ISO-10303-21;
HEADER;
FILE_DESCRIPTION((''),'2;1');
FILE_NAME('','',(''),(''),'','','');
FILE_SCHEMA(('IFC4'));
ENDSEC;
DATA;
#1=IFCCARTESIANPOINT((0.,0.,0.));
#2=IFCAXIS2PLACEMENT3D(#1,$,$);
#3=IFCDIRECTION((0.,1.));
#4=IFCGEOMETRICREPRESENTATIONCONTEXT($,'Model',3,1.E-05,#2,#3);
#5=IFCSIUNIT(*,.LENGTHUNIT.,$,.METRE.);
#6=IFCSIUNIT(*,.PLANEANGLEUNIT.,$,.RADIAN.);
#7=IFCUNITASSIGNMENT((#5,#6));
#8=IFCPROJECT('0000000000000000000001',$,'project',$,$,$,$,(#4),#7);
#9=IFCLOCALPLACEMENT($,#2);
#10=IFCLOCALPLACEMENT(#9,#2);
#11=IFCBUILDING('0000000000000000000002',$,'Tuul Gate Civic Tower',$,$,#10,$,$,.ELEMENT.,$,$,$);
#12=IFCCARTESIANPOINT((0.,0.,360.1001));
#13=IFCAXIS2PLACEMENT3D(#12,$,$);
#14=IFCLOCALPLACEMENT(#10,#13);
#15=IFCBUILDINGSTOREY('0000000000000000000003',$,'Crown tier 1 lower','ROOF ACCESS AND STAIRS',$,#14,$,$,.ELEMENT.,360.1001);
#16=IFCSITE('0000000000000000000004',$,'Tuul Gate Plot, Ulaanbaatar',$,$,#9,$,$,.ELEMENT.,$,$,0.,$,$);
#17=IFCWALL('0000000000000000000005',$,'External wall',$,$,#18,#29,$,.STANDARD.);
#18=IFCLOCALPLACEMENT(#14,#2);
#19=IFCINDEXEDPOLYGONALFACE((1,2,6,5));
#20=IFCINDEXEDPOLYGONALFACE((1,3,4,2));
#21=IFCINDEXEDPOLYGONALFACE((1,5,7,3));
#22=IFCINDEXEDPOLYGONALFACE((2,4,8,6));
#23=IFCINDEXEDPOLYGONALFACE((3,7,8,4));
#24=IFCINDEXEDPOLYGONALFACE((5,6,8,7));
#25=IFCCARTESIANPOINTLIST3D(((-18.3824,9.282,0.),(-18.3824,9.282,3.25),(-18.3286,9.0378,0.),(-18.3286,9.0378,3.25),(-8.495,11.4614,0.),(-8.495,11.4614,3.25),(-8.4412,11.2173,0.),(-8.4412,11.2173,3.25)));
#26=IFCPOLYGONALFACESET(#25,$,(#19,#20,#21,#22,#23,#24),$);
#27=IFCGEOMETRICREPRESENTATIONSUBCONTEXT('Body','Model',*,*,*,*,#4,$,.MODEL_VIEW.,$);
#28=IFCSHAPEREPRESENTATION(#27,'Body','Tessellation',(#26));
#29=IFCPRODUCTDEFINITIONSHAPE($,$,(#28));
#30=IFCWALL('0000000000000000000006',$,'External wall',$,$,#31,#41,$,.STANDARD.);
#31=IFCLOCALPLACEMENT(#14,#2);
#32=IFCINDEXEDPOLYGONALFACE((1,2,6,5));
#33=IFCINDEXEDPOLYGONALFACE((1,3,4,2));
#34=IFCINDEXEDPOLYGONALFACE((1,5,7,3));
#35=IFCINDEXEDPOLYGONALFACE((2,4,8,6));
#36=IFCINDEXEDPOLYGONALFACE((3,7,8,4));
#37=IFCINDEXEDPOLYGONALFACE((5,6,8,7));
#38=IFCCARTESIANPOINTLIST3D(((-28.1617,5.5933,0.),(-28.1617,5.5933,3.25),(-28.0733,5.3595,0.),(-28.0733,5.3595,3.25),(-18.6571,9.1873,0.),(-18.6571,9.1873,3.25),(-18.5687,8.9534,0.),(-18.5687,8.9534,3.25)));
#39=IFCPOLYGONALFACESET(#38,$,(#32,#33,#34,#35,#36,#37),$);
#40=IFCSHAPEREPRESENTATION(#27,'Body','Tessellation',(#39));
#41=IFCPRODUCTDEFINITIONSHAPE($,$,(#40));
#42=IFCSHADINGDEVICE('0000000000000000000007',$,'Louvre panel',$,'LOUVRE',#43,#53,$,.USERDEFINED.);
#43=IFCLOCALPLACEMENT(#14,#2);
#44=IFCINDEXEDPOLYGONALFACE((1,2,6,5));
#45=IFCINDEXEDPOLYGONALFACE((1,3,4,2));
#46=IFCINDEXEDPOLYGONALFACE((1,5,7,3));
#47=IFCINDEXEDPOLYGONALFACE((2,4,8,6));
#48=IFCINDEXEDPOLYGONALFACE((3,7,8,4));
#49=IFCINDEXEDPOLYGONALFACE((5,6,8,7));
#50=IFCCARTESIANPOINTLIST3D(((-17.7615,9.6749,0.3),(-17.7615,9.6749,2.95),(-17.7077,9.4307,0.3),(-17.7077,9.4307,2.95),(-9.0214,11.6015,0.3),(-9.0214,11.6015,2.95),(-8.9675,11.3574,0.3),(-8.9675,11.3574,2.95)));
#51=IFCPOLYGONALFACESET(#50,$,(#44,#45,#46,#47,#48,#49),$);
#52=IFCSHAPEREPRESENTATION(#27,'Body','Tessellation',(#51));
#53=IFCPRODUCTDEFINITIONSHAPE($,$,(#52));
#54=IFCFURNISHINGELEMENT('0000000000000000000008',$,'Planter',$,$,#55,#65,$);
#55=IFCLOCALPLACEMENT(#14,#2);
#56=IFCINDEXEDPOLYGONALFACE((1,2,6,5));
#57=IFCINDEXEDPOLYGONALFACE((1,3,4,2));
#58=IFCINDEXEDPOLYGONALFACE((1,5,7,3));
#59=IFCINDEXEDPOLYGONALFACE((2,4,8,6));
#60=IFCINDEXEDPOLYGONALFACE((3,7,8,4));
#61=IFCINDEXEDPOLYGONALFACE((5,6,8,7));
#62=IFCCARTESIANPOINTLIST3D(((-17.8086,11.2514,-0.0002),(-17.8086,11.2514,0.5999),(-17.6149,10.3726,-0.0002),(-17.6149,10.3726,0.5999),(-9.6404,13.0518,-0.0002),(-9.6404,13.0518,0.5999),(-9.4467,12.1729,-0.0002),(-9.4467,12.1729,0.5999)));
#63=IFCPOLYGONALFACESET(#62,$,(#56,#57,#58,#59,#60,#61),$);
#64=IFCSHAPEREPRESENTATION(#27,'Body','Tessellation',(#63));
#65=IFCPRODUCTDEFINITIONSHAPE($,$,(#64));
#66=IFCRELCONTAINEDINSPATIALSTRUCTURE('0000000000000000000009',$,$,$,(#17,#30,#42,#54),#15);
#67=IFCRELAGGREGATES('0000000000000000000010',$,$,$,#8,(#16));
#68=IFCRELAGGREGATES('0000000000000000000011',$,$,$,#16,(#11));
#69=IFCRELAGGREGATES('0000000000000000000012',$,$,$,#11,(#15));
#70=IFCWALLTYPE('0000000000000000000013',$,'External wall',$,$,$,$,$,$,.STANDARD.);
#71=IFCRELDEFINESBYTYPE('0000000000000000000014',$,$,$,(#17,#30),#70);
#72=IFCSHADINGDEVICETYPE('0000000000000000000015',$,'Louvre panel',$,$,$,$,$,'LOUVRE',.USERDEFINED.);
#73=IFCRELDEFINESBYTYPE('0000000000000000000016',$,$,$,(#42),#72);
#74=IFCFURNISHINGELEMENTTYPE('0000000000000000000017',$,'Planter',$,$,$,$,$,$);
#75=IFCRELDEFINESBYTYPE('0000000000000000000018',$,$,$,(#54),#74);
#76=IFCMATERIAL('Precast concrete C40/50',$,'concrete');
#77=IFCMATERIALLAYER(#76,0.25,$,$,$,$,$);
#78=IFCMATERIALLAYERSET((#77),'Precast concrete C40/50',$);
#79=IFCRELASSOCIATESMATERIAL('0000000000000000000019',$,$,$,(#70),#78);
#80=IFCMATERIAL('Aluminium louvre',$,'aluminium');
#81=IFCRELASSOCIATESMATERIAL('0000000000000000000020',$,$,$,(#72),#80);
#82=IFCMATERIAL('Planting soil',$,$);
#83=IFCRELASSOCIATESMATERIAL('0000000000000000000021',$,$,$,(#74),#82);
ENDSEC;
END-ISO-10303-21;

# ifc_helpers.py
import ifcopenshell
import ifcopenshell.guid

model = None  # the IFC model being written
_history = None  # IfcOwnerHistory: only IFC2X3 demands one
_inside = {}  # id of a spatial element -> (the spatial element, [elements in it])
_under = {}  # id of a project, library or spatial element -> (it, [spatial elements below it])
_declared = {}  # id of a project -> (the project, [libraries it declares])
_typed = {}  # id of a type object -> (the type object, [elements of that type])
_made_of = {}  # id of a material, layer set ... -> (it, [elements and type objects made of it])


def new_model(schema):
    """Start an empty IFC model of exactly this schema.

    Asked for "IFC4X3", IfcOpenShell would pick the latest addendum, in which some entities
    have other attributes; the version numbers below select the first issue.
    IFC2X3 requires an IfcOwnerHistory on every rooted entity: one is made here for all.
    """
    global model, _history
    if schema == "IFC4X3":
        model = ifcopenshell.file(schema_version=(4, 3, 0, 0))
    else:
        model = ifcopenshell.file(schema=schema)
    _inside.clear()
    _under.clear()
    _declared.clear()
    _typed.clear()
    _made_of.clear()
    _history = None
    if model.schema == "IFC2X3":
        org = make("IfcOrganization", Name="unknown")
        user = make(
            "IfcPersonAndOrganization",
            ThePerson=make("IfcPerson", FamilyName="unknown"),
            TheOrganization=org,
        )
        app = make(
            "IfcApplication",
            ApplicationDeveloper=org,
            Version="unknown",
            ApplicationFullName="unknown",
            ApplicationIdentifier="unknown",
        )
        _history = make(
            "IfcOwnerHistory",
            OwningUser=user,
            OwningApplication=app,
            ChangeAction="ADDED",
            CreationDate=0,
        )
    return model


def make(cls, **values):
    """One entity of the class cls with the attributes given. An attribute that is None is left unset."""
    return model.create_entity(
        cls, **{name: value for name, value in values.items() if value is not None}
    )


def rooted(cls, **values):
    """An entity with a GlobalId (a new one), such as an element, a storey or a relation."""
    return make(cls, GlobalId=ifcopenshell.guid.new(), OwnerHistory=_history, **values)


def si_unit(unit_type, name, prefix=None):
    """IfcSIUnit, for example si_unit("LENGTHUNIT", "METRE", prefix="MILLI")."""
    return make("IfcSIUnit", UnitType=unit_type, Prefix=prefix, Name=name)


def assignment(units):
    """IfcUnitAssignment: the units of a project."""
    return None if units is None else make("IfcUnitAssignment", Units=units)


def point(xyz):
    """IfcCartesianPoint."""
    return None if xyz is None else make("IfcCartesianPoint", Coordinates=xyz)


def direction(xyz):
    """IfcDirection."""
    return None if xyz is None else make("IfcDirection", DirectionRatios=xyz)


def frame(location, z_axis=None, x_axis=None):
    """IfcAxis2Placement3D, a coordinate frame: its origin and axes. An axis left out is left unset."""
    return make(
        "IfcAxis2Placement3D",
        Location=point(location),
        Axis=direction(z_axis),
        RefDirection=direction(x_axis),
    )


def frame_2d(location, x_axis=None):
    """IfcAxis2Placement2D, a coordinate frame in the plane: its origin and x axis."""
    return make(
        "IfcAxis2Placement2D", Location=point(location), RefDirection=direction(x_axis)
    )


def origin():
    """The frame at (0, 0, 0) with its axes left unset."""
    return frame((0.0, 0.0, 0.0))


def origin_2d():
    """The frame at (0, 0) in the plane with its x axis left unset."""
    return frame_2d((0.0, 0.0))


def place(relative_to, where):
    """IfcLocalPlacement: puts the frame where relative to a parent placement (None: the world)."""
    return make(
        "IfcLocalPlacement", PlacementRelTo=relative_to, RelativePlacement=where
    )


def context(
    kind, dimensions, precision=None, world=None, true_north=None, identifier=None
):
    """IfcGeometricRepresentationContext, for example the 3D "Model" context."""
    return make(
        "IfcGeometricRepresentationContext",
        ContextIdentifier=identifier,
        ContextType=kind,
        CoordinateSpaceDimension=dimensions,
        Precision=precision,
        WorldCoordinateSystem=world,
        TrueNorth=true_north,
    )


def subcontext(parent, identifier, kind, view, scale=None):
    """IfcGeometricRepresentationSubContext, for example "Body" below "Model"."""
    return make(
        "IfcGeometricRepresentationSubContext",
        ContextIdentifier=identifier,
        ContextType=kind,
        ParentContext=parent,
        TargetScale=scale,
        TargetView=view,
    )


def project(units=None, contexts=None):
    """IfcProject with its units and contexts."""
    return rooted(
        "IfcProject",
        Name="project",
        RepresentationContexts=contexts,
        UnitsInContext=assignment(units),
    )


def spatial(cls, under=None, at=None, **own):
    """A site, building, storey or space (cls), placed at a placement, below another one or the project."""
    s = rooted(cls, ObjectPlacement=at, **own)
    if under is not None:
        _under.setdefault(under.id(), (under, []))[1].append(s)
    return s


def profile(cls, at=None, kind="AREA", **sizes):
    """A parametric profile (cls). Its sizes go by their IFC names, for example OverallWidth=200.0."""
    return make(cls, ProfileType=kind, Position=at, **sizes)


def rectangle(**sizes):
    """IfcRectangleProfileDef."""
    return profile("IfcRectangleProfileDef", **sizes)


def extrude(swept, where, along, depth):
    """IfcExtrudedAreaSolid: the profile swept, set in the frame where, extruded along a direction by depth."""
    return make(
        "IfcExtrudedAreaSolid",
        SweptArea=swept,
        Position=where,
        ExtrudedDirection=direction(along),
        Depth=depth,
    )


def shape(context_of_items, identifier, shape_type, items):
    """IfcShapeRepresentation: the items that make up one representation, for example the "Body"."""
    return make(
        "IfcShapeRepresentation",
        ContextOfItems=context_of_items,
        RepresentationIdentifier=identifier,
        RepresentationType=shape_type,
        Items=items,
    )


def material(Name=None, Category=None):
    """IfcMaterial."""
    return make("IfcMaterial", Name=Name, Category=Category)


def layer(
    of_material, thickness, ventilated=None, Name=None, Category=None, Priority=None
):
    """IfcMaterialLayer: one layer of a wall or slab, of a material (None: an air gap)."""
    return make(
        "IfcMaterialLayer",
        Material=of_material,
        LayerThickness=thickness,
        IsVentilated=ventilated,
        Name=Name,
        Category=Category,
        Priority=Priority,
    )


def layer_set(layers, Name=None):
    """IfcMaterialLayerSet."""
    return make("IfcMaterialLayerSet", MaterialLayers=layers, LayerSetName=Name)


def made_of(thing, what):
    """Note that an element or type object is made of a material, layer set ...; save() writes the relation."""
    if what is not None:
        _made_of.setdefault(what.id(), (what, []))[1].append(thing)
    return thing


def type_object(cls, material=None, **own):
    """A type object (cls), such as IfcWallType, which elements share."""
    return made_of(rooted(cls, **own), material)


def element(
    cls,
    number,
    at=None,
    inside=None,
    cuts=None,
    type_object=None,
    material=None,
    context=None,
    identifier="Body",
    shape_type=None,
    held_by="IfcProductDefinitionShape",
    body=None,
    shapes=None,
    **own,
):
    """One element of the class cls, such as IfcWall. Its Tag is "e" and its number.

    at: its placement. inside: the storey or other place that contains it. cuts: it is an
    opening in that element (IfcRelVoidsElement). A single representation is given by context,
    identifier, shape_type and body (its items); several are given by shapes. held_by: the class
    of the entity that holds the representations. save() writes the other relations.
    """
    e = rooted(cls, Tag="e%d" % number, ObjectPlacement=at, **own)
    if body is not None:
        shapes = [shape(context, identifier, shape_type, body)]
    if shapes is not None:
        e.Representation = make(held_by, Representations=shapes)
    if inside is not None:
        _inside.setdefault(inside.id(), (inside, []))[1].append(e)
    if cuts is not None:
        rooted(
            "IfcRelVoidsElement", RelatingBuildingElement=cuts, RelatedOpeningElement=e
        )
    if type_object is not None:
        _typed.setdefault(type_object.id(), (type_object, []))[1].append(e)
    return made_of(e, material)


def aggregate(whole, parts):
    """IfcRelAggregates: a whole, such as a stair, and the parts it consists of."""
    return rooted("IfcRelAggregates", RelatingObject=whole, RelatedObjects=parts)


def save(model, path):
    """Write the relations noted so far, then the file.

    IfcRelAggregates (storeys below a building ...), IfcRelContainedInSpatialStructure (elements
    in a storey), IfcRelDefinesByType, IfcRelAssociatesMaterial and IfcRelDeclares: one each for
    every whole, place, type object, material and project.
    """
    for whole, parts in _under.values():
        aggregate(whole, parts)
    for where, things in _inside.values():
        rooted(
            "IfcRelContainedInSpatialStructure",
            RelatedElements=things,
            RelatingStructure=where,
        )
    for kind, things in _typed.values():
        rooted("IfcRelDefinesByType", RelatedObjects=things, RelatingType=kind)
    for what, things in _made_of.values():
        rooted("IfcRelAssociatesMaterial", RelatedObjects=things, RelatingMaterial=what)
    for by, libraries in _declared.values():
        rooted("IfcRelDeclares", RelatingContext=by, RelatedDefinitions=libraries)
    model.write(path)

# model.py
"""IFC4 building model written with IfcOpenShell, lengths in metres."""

from ifc_helpers import new_model, si_unit, direction, frame, frame_2d, origin, origin_2d, place, context, subcontext, project, spatial, rectangle, extrude, material, layer, layer_set, type_object, element, save


model = new_model("IFC4")

# Units and contexts
model_context = context("Model", 3, precision=1e-05, world=origin(), true_north=direction((0.0, 1.0)))
body_context = subcontext(model_context, "Body", "Model", "MODEL_VIEW")
ifc_project = project(units=[si_unit("LENGTHUNIT", "METRE"), si_unit("PLANEANGLEUNIT", "RADIAN")], contexts=[model_context])

# Site, building, storey
site_placement = place(None, origin())
site = spatial("IfcSite", under=ifc_project, at=site_placement, Name="Tuul Gate Plot, Ulaanbaatar", CompositionType="ELEMENT", RefElevation=0.0)
building_placement = place(site_placement, origin())
building = spatial("IfcBuilding", under=site, at=building_placement, Name="Tuul Gate Civic Tower", CompositionType="ELEMENT")
storey_placement = place(building_placement, frame((0.0, 0.0, 360.1001)))
storey = spatial("IfcBuildingStorey", under=building, at=storey_placement, Name="Crown tier 1 lower", Description="ROOF ACCESS AND STAIRS", CompositionType="ELEMENT", Elevation=360.1001)

# Walls
ifc_material_1 = material(Name="Precast concrete C40/50", Category="concrete")
ifc_layer_1 = layer(ifc_material_1, 0.25)
ifc_layer_set_1 = layer_set([ifc_layer_1], Name="Precast concrete C40/50")
wall_type_1 = type_object("IfcWallType", Name="External wall", PredefinedType="STANDARD", material=ifc_layer_set_1)
wall_1_placement = place(storey_placement, frame((-8.468, 11.3394, 0.0), z_axis=(0.0, 0.0, 1.0), x_axis=(-0.976557, -0.215258, 0.0)))
element("IfcWall", 1, at=wall_1_placement, inside=storey, type_object=wall_type_1, Name="External wall", PredefinedType="STANDARD", context=body_context, shape_type="SweptSolid", body=[
    extrude(rectangle(XDim=10.1248, YDim=0.25, at=frame_2d((5.0625, 0.0))), origin(), (0.0, 0.0, 1.0), 3.25),
])
wall_2_placement = place(storey_placement, frame((-18.613, 9.0703, 0.0), z_axis=(0.0, 0.0, 1.0), x_axis=(-0.935363, -0.353689, 0.0)))
element("IfcWall", 2, at=wall_2_placement, inside=storey, type_object=wall_type_1, Name="External wall", PredefinedType="STANDARD", context=body_context, shape_type="SweptSolid", body=[
    extrude(rectangle(XDim=10.1614, YDim=0.25, at=frame_2d((5.0806, 0.0))), origin(), (0.0, 0.0, 1.0), 3.25),
])

# Shading device
ifc_material_2 = material(Name="Aluminium louvre", Category="aluminium")
shading_device_type = type_object("IfcShadingDeviceType", Name="Louvre panel", ElementType="LOUVRE", PredefinedType="USERDEFINED", material=ifc_material_2)
shading_device_placement = place(storey_placement, frame((-13.3645, 10.5161, 0.3), z_axis=(0.0, 0.0, 1.0), x_axis=(-0.215269, 0.976555, 0.0)))
element("IfcShadingDevice", 3, at=shading_device_placement, inside=storey, type_object=shading_device_type, Name="Louvre panel", ObjectType="LOUVRE", PredefinedType="USERDEFINED", context=body_context, shape_type="SweptSolid", body=[
    extrude(rectangle(XDim=0.25, YDim=8.95, at=origin_2d()), origin(), (0.0, 0.0, 1.0), 2.6499),
])

# Furnishing element
ifc_material_3 = material(Name="Planting soil")
furnishing_element_type = type_object("IfcFurnishingElementType", Name="Planter", material=ifc_material_3)
furnishing_placement = place(storey_placement, frame((-13.6277, 11.7122, -0.0002), z_axis=(0.0, 0.0, 1.0), x_axis=(-0.976559, -0.215248, 0.0)))
element("IfcFurnishingElement", 4, at=furnishing_placement, inside=storey, type_object=furnishing_element_type, Name="Planter", context=body_context, shape_type="SweptSolid", body=[
    extrude(rectangle(XDim=8.3643, YDim=0.8999, at=origin_2d()), origin(), (0.0, 0.0, 1.0), 0.6001),
])

save(model, "model.ifc")
